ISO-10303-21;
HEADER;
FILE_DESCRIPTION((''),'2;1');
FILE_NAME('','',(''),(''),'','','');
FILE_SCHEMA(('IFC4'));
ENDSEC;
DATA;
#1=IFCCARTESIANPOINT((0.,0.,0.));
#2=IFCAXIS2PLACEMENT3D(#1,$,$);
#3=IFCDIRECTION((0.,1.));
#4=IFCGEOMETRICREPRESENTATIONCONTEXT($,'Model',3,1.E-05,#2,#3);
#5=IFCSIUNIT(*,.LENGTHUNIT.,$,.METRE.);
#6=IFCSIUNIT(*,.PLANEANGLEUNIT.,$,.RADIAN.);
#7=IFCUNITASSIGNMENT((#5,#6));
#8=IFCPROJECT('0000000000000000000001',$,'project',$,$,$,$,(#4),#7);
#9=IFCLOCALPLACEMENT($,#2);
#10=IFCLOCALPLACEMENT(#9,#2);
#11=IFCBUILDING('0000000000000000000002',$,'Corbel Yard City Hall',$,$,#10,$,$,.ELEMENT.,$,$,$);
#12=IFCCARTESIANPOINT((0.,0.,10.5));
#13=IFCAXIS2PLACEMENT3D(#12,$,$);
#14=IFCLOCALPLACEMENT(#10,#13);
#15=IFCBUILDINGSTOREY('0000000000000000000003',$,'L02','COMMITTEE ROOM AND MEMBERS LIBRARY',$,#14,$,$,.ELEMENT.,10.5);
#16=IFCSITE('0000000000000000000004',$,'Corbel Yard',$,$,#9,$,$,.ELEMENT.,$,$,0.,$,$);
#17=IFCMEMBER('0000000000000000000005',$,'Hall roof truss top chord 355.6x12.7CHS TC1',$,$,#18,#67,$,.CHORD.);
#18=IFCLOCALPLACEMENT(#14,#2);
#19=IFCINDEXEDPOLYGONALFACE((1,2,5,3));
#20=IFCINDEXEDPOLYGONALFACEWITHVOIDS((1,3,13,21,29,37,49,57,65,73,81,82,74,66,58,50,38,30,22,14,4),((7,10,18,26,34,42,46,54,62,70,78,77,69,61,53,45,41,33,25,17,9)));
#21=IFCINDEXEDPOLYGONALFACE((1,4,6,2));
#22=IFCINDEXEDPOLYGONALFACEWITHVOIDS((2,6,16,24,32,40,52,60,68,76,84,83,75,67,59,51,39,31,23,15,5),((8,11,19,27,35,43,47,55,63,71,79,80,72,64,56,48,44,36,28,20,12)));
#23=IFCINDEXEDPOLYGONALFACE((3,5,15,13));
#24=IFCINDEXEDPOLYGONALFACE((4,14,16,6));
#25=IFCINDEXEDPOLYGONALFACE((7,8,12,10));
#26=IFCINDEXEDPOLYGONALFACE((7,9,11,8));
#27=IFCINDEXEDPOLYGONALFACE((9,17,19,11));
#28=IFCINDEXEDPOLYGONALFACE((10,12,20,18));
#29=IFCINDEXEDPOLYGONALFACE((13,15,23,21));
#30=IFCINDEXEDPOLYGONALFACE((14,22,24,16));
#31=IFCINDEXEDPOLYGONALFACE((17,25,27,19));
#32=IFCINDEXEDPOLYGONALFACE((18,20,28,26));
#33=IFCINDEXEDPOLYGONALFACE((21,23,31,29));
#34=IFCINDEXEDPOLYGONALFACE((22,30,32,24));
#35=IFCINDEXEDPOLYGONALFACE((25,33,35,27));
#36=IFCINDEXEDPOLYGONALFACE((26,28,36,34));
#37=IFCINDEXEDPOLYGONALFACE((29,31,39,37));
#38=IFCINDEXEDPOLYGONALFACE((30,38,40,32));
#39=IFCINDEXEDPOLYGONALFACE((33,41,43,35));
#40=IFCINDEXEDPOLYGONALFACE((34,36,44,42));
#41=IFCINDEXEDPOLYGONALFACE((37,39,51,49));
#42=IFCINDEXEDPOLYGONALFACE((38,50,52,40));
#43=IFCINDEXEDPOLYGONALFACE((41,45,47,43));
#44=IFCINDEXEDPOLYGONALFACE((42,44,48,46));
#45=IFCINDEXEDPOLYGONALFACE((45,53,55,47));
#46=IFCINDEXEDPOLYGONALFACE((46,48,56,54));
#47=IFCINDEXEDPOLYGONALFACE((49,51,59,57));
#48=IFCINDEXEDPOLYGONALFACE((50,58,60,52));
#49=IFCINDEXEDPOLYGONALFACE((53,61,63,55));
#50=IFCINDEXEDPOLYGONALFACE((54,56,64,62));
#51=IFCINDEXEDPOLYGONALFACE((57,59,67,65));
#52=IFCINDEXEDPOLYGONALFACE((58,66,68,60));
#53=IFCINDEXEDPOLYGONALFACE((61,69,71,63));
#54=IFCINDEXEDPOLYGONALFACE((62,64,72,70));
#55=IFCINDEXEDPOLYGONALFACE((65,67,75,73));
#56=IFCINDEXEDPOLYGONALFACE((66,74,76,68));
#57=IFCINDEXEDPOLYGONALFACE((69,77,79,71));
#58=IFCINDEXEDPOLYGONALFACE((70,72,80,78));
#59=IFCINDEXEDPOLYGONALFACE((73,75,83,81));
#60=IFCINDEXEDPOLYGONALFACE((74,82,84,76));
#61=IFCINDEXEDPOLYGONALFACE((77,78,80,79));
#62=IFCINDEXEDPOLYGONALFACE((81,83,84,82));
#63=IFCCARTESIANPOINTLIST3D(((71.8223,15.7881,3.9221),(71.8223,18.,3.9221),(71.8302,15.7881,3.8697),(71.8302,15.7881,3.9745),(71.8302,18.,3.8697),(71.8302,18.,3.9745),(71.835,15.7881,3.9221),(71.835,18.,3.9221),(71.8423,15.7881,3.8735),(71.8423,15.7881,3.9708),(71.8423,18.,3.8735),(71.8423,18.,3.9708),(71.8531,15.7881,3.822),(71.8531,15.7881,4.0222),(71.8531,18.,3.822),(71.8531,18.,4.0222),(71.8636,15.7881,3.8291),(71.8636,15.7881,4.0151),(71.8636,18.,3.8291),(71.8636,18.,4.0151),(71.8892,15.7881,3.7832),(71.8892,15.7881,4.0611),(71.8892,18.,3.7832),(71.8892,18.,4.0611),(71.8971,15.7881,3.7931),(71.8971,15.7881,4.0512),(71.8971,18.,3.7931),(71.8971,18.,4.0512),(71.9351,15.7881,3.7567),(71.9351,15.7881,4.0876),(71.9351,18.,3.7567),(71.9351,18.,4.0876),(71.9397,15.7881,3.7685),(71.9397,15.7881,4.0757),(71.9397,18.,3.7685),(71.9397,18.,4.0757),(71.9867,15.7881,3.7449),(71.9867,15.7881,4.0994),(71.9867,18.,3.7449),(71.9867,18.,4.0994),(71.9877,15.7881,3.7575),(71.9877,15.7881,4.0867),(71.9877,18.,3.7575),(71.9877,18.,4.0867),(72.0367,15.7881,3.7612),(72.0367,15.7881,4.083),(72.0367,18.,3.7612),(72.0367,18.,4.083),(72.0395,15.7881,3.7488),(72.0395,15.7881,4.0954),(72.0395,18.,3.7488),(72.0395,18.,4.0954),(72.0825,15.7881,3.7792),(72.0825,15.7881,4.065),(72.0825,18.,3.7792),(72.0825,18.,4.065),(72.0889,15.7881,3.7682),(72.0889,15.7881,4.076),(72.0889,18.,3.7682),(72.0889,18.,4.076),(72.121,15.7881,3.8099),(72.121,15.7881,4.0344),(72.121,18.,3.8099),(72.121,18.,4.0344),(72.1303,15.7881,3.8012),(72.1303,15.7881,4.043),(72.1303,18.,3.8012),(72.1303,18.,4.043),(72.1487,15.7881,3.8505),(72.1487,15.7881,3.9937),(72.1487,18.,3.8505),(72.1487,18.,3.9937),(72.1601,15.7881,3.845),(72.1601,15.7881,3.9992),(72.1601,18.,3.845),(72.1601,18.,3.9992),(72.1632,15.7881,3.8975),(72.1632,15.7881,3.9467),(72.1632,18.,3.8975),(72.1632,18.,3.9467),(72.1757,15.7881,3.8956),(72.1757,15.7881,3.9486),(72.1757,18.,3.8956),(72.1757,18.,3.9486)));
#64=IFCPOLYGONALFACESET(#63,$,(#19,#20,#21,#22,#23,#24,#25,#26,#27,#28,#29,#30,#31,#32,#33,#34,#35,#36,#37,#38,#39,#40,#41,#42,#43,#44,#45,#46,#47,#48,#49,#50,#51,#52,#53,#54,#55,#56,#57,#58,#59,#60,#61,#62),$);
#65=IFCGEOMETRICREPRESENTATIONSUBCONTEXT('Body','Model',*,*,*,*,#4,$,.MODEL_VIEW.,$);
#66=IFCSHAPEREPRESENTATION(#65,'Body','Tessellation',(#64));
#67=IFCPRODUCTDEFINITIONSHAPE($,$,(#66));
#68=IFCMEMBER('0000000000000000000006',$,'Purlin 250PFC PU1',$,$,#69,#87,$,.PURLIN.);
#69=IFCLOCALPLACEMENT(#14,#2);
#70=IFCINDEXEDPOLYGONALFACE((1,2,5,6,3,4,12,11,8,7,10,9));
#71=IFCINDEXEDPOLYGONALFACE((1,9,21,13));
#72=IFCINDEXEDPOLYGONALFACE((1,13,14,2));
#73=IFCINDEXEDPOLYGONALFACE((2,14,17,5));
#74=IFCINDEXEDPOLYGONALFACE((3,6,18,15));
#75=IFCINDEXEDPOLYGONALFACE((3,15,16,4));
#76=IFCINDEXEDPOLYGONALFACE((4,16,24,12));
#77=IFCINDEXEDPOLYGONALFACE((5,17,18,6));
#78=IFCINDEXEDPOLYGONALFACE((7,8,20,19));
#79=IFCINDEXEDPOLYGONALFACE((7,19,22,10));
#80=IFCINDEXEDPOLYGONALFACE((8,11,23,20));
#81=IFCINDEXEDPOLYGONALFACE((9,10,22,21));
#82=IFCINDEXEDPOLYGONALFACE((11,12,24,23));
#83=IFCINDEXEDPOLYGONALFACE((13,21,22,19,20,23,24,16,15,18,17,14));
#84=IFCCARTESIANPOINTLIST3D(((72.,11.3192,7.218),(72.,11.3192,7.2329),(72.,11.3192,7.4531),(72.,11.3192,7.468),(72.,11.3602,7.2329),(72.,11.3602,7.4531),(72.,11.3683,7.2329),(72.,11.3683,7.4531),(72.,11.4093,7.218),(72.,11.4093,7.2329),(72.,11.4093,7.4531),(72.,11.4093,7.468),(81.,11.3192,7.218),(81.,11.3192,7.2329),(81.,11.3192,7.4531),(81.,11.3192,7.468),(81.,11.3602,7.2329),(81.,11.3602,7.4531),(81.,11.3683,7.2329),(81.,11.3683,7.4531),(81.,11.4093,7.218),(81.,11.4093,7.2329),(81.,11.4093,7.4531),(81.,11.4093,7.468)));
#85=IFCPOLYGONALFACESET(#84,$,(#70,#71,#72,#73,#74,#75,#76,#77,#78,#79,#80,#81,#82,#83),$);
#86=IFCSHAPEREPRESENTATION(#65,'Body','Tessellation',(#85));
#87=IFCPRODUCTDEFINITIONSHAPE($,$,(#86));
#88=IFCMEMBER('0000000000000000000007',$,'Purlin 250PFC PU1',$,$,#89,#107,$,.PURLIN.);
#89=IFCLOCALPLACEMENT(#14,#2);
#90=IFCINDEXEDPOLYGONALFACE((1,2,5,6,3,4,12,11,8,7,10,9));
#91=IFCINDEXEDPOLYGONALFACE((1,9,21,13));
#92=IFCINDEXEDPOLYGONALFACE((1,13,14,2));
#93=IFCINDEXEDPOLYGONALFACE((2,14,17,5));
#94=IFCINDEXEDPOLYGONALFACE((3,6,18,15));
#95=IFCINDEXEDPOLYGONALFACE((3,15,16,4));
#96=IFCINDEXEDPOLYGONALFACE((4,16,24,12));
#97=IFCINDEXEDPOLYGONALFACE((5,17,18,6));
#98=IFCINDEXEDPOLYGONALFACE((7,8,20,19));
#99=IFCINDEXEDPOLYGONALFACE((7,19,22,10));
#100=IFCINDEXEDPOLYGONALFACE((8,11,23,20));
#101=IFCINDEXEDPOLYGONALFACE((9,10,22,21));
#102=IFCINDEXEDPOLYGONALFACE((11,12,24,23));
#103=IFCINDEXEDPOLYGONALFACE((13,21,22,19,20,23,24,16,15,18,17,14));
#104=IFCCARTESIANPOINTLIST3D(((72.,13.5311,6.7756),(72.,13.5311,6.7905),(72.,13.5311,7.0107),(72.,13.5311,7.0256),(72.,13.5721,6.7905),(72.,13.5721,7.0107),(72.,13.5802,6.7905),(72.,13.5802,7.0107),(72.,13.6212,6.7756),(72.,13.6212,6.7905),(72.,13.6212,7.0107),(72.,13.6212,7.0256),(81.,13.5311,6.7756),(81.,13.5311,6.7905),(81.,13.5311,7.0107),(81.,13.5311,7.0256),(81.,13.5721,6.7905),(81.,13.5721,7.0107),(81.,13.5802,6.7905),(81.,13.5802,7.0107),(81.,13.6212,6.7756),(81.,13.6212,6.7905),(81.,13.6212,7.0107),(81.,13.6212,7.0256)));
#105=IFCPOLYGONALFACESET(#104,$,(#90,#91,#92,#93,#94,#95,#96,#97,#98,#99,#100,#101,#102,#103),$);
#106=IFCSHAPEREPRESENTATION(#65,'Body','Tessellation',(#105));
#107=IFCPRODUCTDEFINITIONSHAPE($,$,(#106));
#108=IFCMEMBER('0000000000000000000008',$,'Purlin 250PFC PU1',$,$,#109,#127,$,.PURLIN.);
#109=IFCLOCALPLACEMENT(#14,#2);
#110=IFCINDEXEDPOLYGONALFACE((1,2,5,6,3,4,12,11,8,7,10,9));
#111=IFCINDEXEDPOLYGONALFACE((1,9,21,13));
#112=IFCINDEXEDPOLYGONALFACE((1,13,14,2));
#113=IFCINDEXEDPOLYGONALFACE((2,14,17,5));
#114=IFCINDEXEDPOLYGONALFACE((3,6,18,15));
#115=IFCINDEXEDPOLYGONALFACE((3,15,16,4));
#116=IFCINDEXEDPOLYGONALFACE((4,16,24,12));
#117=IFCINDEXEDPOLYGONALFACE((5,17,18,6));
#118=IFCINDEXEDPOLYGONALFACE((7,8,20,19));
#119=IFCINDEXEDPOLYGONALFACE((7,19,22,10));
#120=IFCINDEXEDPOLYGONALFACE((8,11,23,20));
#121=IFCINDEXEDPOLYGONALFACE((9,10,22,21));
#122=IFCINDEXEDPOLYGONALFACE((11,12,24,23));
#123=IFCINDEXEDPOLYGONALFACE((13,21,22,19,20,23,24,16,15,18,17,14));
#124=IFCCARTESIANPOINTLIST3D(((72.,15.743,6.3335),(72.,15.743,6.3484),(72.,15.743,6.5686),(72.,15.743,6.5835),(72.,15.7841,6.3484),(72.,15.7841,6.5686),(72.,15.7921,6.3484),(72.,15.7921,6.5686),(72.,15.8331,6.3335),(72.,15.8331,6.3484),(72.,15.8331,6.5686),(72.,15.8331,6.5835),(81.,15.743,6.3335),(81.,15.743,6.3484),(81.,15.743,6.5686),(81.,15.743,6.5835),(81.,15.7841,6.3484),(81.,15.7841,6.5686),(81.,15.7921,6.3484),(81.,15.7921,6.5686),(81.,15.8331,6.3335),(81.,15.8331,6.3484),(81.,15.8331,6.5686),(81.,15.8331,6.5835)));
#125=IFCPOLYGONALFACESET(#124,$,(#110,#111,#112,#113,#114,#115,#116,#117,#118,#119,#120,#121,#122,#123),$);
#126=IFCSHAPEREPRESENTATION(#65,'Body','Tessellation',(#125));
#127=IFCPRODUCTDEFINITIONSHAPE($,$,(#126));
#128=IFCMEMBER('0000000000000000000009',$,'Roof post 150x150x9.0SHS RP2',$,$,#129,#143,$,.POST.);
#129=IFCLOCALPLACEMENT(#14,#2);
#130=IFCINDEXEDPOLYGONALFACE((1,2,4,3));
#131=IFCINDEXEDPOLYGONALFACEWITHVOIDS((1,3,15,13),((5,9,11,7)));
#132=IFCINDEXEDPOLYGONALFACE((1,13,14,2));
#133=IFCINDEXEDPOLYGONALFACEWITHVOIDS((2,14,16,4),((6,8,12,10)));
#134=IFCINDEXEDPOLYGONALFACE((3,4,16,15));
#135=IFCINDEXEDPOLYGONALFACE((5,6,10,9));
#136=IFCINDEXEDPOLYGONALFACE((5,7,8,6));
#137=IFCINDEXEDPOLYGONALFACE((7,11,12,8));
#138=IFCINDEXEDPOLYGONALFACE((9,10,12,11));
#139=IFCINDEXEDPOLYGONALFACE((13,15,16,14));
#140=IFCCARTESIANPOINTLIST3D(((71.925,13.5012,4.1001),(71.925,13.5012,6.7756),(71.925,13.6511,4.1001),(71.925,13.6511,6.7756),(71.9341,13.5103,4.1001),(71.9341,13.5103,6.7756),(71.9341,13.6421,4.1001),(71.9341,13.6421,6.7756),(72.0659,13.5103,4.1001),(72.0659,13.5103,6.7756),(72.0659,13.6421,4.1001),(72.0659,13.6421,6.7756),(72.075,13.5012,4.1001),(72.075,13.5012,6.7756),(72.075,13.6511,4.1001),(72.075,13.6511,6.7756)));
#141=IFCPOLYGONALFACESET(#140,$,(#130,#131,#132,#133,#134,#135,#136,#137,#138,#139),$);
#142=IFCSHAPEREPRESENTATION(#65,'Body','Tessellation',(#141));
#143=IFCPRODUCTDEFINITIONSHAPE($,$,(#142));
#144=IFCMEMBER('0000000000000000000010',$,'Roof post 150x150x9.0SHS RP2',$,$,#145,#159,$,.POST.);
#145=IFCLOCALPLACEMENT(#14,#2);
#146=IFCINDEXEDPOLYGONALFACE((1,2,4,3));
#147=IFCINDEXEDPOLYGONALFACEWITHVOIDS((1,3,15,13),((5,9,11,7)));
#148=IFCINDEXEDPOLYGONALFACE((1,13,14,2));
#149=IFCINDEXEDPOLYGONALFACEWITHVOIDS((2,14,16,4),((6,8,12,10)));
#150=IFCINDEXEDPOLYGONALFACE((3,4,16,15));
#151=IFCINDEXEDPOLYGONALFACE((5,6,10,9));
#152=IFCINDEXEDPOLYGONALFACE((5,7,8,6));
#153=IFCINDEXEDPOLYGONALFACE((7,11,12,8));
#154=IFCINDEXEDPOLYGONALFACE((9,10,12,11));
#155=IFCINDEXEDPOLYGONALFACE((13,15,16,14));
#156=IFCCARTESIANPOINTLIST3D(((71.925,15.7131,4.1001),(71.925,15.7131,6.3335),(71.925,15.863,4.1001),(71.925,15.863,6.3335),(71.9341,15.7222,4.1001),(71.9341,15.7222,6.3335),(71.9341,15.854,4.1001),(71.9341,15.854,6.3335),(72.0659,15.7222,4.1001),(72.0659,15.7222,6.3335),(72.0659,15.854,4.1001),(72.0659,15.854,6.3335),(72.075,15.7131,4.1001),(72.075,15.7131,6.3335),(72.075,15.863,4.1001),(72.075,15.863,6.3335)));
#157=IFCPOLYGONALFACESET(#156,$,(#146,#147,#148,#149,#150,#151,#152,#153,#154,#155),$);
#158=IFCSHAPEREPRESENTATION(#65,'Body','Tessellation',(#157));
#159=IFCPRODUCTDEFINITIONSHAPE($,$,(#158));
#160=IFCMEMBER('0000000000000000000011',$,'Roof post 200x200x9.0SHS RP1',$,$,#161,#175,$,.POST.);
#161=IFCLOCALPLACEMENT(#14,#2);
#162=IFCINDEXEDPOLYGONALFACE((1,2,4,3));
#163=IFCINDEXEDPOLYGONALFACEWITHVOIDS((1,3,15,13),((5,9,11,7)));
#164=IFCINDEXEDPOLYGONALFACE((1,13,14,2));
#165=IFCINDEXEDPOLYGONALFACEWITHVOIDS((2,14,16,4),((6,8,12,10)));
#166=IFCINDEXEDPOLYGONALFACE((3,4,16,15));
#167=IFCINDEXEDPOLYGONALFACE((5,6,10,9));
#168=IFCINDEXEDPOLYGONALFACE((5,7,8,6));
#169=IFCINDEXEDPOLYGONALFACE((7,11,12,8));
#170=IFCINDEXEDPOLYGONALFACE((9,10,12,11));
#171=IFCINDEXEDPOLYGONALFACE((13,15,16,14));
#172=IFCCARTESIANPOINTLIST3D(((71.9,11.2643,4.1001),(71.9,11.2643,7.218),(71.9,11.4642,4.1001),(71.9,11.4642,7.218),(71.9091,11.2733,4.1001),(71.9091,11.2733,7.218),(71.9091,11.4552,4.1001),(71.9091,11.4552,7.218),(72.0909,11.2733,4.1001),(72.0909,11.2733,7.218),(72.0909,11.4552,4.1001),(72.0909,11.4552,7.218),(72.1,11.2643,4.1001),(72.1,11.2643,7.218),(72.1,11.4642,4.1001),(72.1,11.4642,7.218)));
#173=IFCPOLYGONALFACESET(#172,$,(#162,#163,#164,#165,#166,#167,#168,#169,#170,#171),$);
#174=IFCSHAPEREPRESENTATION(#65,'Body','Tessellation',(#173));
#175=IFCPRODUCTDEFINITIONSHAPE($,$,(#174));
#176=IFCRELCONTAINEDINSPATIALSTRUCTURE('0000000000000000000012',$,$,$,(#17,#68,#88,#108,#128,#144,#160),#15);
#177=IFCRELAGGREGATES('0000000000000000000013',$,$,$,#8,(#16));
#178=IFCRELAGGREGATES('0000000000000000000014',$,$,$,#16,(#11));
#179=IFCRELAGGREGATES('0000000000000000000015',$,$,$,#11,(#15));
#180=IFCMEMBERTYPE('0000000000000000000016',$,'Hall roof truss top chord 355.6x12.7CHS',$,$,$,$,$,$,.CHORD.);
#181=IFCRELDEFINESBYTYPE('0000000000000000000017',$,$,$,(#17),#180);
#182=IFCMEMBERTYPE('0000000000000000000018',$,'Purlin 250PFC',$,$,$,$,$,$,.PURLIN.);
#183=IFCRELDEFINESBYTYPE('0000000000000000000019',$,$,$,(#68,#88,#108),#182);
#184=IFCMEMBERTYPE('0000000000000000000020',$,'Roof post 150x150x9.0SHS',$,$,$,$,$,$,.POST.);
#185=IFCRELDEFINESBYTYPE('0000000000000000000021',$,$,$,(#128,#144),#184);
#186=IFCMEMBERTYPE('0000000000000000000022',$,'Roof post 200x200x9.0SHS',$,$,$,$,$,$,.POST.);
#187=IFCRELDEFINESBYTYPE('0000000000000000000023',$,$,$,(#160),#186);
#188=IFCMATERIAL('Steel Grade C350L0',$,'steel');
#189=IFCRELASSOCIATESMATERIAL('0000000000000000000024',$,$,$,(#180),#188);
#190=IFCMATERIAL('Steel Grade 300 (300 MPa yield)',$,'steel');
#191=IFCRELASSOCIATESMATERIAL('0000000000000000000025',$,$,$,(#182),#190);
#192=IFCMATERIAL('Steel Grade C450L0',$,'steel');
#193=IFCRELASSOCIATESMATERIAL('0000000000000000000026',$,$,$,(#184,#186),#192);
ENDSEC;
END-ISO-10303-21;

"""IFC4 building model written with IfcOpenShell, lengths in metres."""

from ifc_helpers import new_model, si_unit, direction, frame, origin, origin_2d, place, context, subcontext, project, spatial, hollow_rectangle, hollow_circle, i_section, extrude, material, material_profile, profile_set, type_object, element, save


model = new_model("IFC4")

# Units and contexts
model_context = context("Model", 3, precision=1e-05, world=origin(), true_north=direction((0.0, 1.0)))
body_context = subcontext(model_context, "Body", "Model", "MODEL_VIEW")
ifc_project = project(units=[si_unit("LENGTHUNIT", "METRE"), si_unit("PLANEANGLEUNIT", "RADIAN")], contexts=[model_context])

# Site, building, storey
site_placement = place(None, origin())
site = spatial("IfcSite", under=ifc_project, at=site_placement, Name="Corbel Yard", CompositionType="ELEMENT", RefElevation=0.0)
building_placement = place(site_placement, origin())
building = spatial("IfcBuilding", under=site, at=building_placement, Name="Corbel Yard City Hall", CompositionType="ELEMENT")
storey_placement = place(building_placement, frame((0.0, 0.0, 10.5)))
storey = spatial("IfcBuildingStorey", under=building, at=storey_placement, Name="L02", Description="COMMITTEE ROOM AND MEMBERS LIBRARY", CompositionType="ELEMENT", Elevation=10.5)

# Shared definitions
ifc_material_1 = material(Name="Steel Grade 300 (300 MPa yield)", Category="steel")

# Members
ifc_material_2 = material(Name="Steel Grade C350L0", Category="steel")
ifc_material_profile_1 = material_profile(ifc_material_2, hollow_circle(Radius=0.1777, WallThickness=0.0127, at=origin_2d()), Name="355.6x12.7CHS")
ifc_profile_set_1 = profile_set([ifc_material_profile_1], Name="Steel Grade C350L0")
member_type_1 = type_object("IfcMemberType", Name="Hall roof truss top chord 355.6x12.7CHS", PredefinedType="CHORD", material=ifc_profile_set_1)
for number, where, z_axis, x_axis, name in (
    (1, (72.0, 15.7881, 3.9221), (0.0, 1.0, 0.0), (-1.0, 0.0, 0.0), "Hall roof truss top chord 355.6x12.7CHS TC1"),
):
    element("IfcMember", number, at=place(storey_placement, frame(where, z_axis=z_axis, x_axis=x_axis)), inside=storey, type_object=member_type_1, Name=name, PredefinedType="CHORD", context=body_context, shape_type="SweptSolid", body=[
        extrude(hollow_circle(Radius=0.1777, WallThickness=0.0127, at=origin_2d()), origin(), (0.0, 0.0, 1.0), 2.2119),
    ])
ifc_material_profile_2 = material_profile(ifc_material_1, i_section(OverallWidth=0.0901, OverallDepth=0.25, WebThickness=0.0081, FlangeThickness=0.0149, at=origin_2d()), Name="250PFC")
ifc_profile_set_2 = profile_set([ifc_material_profile_2], Name="Steel Grade 300 (300 MPa yield)")
member_type_2 = type_object("IfcMemberType", Name="Purlin 250PFC", PredefinedType="PURLIN", material=ifc_profile_set_2)
for number, where, z_axis, x_axis, name in (
    (2, (72.0, 11.3643, 7.343), (1.0, 0.0, 0.0), (0.0, 1.0, 0.0), "Purlin 250PFC PU1"),
    (3, (72.0, 13.5762, 6.9006), (1.0, 0.0, 0.0), (0.0, 1.0, 0.0), "Purlin 250PFC PU1"),
    (4, (72.0, 15.7881, 6.4585), (1.0, 0.0, 0.0), (0.0, 1.0, 0.0), "Purlin 250PFC PU1"),
):
    element("IfcMember", number, at=place(storey_placement, frame(where, z_axis=z_axis, x_axis=x_axis)), inside=storey, type_object=member_type_2, Name=name, PredefinedType="PURLIN", context=body_context, shape_type="SweptSolid", body=[
        extrude(i_section(OverallWidth=0.0901, OverallDepth=0.25, WebThickness=0.0081, FlangeThickness=0.0149, at=origin_2d()), origin(), (0.0, 0.0, 1.0), 9.0),
    ])
ifc_material_3 = material(Name="Steel Grade C450L0", Category="steel")
ifc_material_profile_3 = material_profile(ifc_material_3, hollow_rectangle(XDim=0.1499, YDim=0.1499, WallThickness=0.009, at=origin_2d()), Name="150x150x9.0SHS")
ifc_profile_set_3 = profile_set([ifc_material_profile_3], Name="Steel Grade C450L0")
member_type_3 = type_object("IfcMemberType", Name="Roof post 150x150x9.0SHS", PredefinedType="POST", material=ifc_profile_set_3)
member_1_placement = place(storey_placement, frame((72.0, 13.5762, 4.1001), z_axis=(0.0, 0.0, 1.0), x_axis=(1.0, 0.0, 0.0)))
element("IfcMember", 5, at=member_1_placement, inside=storey, type_object=member_type_3, Name="Roof post 150x150x9.0SHS RP2", PredefinedType="POST", context=body_context, shape_type="SweptSolid", body=[
    extrude(hollow_rectangle(XDim=0.1499, YDim=0.1499, WallThickness=0.009, at=origin_2d()), origin(), (0.0, 0.0, 1.0), 2.6755),
])
member_2_placement = place(storey_placement, frame((72.0, 15.7881, 4.1001), z_axis=(0.0, 0.0, 1.0), x_axis=(1.0, 0.0, 0.0)))
element("IfcMember", 6, at=member_2_placement, inside=storey, type_object=member_type_3, Name="Roof post 150x150x9.0SHS RP2", PredefinedType="POST", context=body_context, shape_type="SweptSolid", body=[
    extrude(hollow_rectangle(XDim=0.1499, YDim=0.1499, WallThickness=0.009, at=origin_2d()), origin(), (0.0, 0.0, 1.0), 2.2334),
])
ifc_material_profile_4 = material_profile(ifc_material_3, hollow_rectangle(XDim=0.2, YDim=0.2, WallThickness=0.009, at=origin_2d()), Name="200x200x9.0SHS")
ifc_profile_set_4 = profile_set([ifc_material_profile_4], Name="Steel Grade C450L0")
member_type_4 = type_object("IfcMemberType", Name="Roof post 200x200x9.0SHS", PredefinedType="POST", material=ifc_profile_set_4)
member_3_placement = place(storey_placement, frame((72.0, 11.3643, 4.1001), z_axis=(0.0, 0.0, 1.0), x_axis=(1.0, 0.0, 0.0)))
element("IfcMember", 7, at=member_3_placement, inside=storey, type_object=member_type_4, Name="Roof post 200x200x9.0SHS RP1", PredefinedType="POST", context=body_context, shape_type="SweptSolid", body=[
    extrude(hollow_rectangle(XDim=0.2, YDim=0.2, WallThickness=0.009, at=origin_2d()), origin(), (0.0, 0.0, 1.0), 3.1179),
])

save(model, "model.ifc")
